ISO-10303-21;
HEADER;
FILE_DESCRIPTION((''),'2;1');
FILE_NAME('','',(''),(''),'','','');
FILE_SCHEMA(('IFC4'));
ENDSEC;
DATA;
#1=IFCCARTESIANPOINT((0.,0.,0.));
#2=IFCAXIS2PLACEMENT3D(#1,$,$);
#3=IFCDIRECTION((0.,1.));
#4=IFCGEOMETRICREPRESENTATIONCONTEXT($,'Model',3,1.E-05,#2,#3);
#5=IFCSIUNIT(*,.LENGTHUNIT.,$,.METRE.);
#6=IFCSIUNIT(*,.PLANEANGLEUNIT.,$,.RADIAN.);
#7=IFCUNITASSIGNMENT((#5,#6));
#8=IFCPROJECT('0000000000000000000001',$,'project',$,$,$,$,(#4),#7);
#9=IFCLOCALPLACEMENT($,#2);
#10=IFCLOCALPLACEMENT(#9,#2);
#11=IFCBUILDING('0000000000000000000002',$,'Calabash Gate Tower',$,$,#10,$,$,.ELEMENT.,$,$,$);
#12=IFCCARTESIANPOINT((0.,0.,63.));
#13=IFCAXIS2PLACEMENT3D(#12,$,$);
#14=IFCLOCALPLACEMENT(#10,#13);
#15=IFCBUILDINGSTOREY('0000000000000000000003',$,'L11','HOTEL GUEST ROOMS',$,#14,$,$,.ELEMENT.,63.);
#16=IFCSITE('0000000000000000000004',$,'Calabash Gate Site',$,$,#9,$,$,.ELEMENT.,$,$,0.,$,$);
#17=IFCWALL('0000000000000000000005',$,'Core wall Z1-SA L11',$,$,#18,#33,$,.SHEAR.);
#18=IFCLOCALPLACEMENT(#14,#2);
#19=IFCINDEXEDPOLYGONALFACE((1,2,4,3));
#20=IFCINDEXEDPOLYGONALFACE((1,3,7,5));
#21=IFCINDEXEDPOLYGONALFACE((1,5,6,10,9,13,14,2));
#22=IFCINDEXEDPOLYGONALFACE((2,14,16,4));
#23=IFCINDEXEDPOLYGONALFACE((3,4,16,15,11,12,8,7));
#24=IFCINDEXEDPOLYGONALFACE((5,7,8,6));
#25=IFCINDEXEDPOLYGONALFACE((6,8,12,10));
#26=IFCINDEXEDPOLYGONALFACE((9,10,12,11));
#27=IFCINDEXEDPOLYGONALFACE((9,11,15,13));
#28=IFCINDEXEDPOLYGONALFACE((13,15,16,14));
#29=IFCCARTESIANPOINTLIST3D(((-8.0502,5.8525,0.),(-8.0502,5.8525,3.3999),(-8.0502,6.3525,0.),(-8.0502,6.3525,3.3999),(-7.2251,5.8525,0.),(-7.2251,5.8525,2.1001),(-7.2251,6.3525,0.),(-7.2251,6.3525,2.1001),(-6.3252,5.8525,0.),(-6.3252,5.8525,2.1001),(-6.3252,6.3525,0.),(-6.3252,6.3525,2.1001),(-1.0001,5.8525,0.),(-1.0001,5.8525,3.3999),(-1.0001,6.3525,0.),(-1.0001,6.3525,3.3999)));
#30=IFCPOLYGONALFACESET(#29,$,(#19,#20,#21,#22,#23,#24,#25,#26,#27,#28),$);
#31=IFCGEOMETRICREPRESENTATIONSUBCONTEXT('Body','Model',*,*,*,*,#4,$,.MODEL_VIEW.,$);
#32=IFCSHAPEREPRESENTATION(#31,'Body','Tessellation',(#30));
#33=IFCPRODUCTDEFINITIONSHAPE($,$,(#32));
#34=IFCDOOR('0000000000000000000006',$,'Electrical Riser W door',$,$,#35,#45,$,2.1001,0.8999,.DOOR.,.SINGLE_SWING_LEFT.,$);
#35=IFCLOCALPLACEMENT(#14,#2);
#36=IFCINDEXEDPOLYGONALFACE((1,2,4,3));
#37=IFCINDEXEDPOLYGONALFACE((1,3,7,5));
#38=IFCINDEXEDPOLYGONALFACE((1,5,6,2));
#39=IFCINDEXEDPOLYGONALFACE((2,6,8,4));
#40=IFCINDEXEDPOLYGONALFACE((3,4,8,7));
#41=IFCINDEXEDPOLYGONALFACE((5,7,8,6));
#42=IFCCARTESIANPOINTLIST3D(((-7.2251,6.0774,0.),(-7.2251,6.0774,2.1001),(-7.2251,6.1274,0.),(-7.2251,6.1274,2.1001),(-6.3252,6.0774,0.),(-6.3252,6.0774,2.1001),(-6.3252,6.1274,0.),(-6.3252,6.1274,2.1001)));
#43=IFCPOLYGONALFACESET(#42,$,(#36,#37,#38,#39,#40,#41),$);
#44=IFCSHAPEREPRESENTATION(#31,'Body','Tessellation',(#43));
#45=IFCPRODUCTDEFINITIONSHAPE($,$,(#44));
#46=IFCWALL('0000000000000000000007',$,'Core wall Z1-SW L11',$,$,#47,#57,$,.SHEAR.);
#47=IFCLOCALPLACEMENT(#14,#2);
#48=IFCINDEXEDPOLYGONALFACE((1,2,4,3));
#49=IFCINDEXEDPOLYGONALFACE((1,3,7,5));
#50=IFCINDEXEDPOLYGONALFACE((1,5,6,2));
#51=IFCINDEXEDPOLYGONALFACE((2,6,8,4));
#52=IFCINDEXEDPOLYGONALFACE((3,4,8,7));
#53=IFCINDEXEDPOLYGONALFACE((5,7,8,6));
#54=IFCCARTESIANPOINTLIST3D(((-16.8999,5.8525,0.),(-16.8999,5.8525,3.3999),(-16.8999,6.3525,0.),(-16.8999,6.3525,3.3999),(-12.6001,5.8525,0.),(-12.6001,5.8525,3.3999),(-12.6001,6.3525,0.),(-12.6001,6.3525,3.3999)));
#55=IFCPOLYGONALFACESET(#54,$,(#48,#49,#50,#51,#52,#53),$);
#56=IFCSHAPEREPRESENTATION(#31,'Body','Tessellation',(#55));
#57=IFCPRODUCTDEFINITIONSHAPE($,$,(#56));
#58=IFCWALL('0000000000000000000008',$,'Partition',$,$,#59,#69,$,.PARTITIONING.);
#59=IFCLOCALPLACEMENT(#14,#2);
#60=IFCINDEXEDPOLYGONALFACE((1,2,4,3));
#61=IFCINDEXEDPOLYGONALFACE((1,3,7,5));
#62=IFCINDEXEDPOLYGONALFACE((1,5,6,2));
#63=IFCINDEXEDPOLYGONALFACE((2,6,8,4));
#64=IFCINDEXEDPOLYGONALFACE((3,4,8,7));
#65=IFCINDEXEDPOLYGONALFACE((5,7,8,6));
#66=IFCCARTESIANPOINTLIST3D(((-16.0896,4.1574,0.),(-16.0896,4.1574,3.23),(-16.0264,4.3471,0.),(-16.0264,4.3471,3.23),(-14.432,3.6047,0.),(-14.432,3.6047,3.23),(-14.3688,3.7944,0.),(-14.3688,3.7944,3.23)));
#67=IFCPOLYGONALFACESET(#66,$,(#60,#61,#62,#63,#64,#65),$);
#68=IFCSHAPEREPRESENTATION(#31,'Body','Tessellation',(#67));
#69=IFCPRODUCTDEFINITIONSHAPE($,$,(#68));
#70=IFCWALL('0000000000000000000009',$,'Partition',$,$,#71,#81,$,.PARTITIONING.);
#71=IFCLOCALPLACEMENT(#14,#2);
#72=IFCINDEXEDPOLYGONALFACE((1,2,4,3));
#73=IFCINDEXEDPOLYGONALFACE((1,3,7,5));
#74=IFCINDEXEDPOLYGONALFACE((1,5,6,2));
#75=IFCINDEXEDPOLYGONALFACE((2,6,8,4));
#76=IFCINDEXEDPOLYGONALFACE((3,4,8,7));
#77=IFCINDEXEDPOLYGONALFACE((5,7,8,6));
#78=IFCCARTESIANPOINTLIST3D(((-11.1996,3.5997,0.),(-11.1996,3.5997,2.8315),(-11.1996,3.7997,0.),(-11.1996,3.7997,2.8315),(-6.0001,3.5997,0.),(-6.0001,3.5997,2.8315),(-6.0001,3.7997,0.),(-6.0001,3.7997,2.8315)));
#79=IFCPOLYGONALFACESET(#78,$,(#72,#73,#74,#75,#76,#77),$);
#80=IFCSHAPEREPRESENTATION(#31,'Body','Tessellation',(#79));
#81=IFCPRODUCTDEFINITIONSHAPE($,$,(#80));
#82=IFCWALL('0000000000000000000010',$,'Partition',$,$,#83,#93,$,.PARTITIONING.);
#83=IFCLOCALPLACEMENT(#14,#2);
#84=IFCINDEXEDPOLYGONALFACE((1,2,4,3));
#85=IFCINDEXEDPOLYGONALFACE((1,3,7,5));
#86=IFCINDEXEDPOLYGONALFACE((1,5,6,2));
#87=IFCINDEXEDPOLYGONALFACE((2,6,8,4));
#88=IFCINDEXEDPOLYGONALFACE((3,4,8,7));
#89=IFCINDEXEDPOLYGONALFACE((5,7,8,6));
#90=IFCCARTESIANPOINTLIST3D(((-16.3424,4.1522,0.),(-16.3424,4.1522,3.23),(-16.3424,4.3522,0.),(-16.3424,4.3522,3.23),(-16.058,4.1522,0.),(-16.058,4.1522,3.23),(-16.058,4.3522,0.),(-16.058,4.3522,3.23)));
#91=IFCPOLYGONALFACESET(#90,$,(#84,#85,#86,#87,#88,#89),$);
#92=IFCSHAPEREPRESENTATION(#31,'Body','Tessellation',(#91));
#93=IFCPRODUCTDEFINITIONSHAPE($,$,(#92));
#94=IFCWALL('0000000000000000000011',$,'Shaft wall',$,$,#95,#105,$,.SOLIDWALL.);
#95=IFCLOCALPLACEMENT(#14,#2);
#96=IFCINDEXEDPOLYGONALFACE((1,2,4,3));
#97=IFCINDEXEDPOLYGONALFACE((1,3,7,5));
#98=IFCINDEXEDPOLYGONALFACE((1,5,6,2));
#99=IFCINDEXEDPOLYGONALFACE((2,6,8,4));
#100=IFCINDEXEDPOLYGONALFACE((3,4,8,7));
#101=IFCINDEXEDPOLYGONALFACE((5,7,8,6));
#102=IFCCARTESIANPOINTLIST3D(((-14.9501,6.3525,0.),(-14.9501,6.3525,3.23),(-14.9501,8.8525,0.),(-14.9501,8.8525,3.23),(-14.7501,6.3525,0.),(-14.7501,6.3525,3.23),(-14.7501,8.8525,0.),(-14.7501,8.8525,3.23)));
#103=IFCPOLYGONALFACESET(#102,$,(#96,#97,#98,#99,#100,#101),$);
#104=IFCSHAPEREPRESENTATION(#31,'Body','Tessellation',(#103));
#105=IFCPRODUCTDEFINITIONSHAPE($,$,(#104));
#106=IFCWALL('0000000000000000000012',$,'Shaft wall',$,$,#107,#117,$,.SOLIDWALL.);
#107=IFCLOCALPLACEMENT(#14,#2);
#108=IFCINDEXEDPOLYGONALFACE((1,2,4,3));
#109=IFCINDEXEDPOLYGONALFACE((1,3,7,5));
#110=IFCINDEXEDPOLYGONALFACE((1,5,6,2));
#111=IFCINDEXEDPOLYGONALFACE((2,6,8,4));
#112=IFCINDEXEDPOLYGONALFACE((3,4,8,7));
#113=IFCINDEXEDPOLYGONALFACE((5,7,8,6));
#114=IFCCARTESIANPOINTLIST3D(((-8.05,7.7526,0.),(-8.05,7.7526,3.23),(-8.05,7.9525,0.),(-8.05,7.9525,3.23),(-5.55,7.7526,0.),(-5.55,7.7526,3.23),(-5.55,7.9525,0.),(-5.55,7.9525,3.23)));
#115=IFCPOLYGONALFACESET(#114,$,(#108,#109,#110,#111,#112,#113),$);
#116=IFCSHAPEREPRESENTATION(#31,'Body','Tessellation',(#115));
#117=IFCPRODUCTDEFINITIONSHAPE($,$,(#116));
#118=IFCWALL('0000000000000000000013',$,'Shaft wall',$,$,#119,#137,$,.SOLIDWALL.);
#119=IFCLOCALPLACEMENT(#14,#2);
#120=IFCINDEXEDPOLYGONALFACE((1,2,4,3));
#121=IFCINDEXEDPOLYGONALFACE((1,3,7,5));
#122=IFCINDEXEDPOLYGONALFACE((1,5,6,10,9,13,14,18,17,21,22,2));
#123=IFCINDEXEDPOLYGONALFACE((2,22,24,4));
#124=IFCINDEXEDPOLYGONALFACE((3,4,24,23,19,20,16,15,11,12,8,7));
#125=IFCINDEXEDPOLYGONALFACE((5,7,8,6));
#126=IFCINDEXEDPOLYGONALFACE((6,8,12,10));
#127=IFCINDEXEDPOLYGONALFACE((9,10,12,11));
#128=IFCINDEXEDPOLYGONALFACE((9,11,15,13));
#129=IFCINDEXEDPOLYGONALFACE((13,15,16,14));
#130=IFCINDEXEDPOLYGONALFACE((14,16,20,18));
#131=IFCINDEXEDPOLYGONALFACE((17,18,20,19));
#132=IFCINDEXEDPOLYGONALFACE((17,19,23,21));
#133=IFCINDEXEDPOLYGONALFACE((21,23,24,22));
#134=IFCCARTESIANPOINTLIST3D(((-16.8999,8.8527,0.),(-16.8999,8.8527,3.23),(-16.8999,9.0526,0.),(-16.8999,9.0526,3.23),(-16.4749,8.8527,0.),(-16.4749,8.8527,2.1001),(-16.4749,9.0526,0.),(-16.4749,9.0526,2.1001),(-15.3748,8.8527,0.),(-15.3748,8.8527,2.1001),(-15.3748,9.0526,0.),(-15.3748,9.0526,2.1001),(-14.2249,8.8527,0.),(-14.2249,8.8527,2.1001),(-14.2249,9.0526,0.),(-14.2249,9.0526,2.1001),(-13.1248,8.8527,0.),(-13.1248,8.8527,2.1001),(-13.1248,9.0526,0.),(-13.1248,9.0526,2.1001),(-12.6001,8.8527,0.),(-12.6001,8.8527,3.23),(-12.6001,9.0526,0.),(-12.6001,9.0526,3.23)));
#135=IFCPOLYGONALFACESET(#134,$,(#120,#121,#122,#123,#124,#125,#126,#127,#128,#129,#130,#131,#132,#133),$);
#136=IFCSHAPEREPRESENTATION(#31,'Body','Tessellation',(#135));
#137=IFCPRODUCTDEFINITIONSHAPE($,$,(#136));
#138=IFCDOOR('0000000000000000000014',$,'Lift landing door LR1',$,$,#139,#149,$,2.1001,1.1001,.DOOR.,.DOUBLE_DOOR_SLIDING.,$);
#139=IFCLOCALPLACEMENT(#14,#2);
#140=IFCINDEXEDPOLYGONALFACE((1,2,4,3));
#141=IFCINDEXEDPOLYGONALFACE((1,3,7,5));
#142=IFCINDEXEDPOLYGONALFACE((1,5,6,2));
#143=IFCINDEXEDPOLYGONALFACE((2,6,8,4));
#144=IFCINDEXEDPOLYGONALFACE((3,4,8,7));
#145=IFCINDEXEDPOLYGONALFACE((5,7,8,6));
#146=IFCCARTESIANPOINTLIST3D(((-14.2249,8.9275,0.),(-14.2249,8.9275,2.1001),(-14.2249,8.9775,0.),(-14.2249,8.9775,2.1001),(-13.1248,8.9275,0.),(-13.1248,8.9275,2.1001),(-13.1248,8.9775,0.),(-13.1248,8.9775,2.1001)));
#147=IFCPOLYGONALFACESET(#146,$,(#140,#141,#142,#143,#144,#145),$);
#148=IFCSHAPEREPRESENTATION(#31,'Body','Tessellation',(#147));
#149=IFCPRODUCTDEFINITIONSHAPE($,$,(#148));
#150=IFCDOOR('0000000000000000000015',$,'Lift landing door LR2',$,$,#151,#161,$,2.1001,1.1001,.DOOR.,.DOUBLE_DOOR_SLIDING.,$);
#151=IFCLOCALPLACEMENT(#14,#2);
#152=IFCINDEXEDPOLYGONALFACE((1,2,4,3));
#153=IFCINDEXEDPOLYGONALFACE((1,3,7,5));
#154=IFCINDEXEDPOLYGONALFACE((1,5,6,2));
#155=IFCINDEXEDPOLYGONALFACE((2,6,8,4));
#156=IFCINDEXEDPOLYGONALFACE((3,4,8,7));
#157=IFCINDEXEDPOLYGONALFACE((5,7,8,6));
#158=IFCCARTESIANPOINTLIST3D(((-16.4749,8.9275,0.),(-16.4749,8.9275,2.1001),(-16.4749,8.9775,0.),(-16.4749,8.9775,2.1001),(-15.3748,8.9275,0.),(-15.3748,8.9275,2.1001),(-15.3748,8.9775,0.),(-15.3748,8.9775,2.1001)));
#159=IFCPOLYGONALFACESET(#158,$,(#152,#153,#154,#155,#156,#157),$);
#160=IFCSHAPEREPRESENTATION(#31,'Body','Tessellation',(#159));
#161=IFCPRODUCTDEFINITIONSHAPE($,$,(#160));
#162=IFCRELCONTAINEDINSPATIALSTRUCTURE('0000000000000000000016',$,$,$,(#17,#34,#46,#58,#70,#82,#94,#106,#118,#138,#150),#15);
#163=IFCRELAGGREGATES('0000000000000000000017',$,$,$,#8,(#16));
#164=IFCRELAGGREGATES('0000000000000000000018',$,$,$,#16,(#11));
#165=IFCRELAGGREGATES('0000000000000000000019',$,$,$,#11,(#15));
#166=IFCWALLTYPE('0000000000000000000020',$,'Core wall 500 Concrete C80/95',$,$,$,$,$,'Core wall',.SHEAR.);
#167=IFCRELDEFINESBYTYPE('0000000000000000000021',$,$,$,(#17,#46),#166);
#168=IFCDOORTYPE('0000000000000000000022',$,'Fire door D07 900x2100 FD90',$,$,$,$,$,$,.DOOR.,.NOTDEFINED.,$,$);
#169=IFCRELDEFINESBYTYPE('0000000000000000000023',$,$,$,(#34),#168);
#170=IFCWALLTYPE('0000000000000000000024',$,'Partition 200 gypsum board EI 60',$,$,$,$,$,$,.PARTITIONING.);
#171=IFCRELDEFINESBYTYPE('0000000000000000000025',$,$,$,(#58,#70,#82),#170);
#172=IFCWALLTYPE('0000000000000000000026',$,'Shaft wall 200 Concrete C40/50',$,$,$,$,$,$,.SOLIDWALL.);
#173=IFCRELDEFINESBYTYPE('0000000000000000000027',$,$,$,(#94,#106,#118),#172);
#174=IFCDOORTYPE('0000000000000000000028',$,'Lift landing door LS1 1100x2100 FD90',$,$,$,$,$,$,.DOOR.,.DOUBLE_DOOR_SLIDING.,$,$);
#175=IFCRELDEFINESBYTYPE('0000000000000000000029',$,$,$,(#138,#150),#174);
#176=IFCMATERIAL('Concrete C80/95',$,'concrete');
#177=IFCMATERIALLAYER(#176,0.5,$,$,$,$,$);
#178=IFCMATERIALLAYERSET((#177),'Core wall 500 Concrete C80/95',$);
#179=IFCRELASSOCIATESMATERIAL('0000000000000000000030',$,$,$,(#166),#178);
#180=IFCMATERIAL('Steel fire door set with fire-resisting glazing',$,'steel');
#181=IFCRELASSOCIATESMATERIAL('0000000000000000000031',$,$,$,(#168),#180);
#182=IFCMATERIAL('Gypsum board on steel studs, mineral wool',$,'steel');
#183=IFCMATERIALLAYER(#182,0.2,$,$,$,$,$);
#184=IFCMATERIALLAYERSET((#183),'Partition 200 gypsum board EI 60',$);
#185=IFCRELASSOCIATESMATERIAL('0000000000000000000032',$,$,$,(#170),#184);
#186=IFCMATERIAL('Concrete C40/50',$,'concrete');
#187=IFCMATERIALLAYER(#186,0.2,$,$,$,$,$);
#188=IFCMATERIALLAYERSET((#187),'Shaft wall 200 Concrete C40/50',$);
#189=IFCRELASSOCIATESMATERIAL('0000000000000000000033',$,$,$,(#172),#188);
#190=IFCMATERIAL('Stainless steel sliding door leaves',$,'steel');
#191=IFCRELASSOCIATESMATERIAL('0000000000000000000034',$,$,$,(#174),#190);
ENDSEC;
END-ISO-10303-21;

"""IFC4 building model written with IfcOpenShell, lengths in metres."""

from ifc_helpers import new_model, si_unit, direction, frame, frame_2d, origin, place, context, subcontext, project, spatial, rectangle, extrude, material, layer, layer_set, type_object, element, fill, save


model = new_model("IFC4")

# Units and contexts
model_context = context("Model", 3, precision=1e-05, world=origin(), true_north=direction((0.0, 1.0)))
body_context = subcontext(model_context, "Body", "Model", "MODEL_VIEW")
ifc_project = project(units=[si_unit("LENGTHUNIT", "METRE"), si_unit("PLANEANGLEUNIT", "RADIAN")], contexts=[model_context])

# Site, building, storey
site_placement = place(None, origin())
site = spatial("IfcSite", under=ifc_project, at=site_placement, Name="Calabash Gate Site", CompositionType="ELEMENT", RefElevation=0.0)
building_placement = place(site_placement, origin())
building = spatial("IfcBuilding", under=site, at=building_placement, Name="Calabash Gate Tower", CompositionType="ELEMENT")
storey_placement = place(building_placement, frame((0.0, 0.0, 63.0)))
storey = spatial("IfcBuildingStorey", under=building, at=storey_placement, Name="L11", Description="HOTEL GUEST ROOMS", CompositionType="ELEMENT", Elevation=63.0)

# Shared definitions
ifc_material_1 = material(Name="Concrete C80/95", Category="concrete")
ifc_layer_1 = layer(ifc_material_1, 0.5)
ifc_layer_set_1 = layer_set([ifc_layer_1], Name="Core wall 500 Concrete C80/95")
wall_type_1 = type_object("IfcWallType", Name="Core wall 500 Concrete C80/95", ElementType="Core wall", PredefinedType="SHEAR", material=ifc_layer_set_1)

# Wall, opening, door
wall_1_placement = place(storey_placement, frame((-8.05, 6.1025, 0.0), z_axis=(0.0, 0.0, 1.0), x_axis=(1.0, 0.0, 0.0)))
wall_1 = element("IfcWall", 1, at=wall_1_placement, inside=storey, type_object=wall_type_1, Name="Core wall Z1-SA L11", PredefinedType="SHEAR", context=body_context, shape_type="SweptSolid", body=[
    extrude(rectangle(XDim=7.05, YDim=0.5, at=frame_2d((3.5249, 0.0))), origin(), (0.0, 0.0, 1.0), 3.3999),
])
opening_1_placement = place(wall_1_placement, frame((0.825, 0.0, 0.0)))
opening_1 = element("IfcOpeningElement", 2, at=opening_1_placement, cuts=wall_1, PredefinedType="OPENING", context=body_context, shape_type="SweptSolid", body=[
    extrude(rectangle(XDim=0.8999, YDim=2.1001, at=frame_2d((0.45, 1.05))), frame((0.0, 0.26, 0.0), z_axis=(0.0, -1.0, 0.0), x_axis=(1.0, 0.0, 0.0)), (0.0, 0.0, 1.0), 0.52),
])
ifc_material_2 = material(Name="Steel fire door set with fire-resisting glazing", Category="steel")
door_type_1 = type_object("IfcDoorType", Name="Fire door D07 900x2100 FD90", OperationType="NOTDEFINED", PredefinedType="DOOR", material=ifc_material_2)
door_1_placement = place(opening_1_placement, origin())
door_1 = element("IfcDoor", 3, at=door_1_placement, inside=storey, type_object=door_type_1, Name="Electrical Riser W door", OperationType="SINGLE_SWING_LEFT", OverallHeight=2.1001, OverallWidth=0.8999, PredefinedType="DOOR", context=body_context, shape_type="SweptSolid", body=[
    extrude(rectangle(XDim=0.8999, YDim=2.1001, at=frame_2d((0.45, 1.05))), frame((0.0, 0.0249, 0.0), z_axis=(0.0, -1.0, 0.0), x_axis=(1.0, 0.0, 0.0)), (0.0, 0.0, 1.0), 0.05),
])
fill(opening_1, door_1)

# Walls
wall_2_placement = place(storey_placement, frame((-12.6001, 6.1025, 0.0), z_axis=(0.0, 0.0, 1.0), x_axis=(-1.0, 0.0, 0.0)))
element("IfcWall", 4, at=wall_2_placement, inside=storey, type_object=wall_type_1, Name="Core wall Z1-SW L11", PredefinedType="SHEAR", context=body_context, shape_type="SweptSolid", body=[
    extrude(rectangle(XDim=4.2998, YDim=0.5, at=frame_2d((2.1499, 0.0))), origin(), (0.0, 0.0, 1.0), 3.3999),
])
ifc_material_3 = material(Name="Gypsum board on steel studs, mineral wool", Category="steel")
ifc_layer_2 = layer(ifc_material_3, 0.2)
ifc_layer_set_2 = layer_set([ifc_layer_2], Name="Partition 200 gypsum board EI 60")
wall_type_2 = type_object("IfcWallType", Name="Partition 200 gypsum board EI 60", PredefinedType="PARTITIONING", material=ifc_layer_set_2)
wall_3_placement = place(storey_placement, frame((-16.0579, 4.2522, 0.0), z_axis=(0.0, 0.0, 1.0), x_axis=(0.948655, -0.316312, 0.0)))
element("IfcWall", 5, at=wall_3_placement, inside=storey, type_object=wall_type_2, Name="Partition", PredefinedType="PARTITIONING", context=body_context, shape_type="SweptSolid", body=[
    extrude(rectangle(XDim=1.7473, YDim=0.2, at=frame_2d((0.8735, 0.0))), origin(), (0.0, 0.0, 1.0), 3.23),
])
wall_4_placement = place(storey_placement, frame((-11.1995, 3.6997, 0.0), z_axis=(0.0, 0.0, 1.0), x_axis=(1.0, 0.0, 0.0)))
element("IfcWall", 6, at=wall_4_placement, inside=storey, type_object=wall_type_2, Name="Partition", PredefinedType="PARTITIONING", context=body_context, shape_type="SweptSolid", body=[
    extrude(rectangle(XDim=5.1995, YDim=0.2, at=frame_2d((2.5996, 0.0))), origin(), (0.0, 0.0, 1.0), 2.8315),
])
wall_5_placement = place(storey_placement, frame((-16.3423, 4.2522, 0.0), z_axis=(0.0, 0.0, 1.0), x_axis=(1.0, 0.0, 0.0)))
element("IfcWall", 7, at=wall_5_placement, inside=storey, type_object=wall_type_2, Name="Partition", PredefinedType="PARTITIONING", context=body_context, shape_type="SweptSolid", body=[
    extrude(rectangle(XDim=0.2844, YDim=0.2, at=frame_2d((0.1421, 0.0))), origin(), (0.0, 0.0, 1.0), 3.23),
])
ifc_material_4 = material(Name="Concrete C40/50", Category="concrete")
ifc_layer_3 = layer(ifc_material_4, 0.2)
ifc_layer_set_3 = layer_set([ifc_layer_3], Name="Shaft wall 200 Concrete C40/50")
wall_type_3 = type_object("IfcWallType", Name="Shaft wall 200 Concrete C40/50", PredefinedType="SOLIDWALL", material=ifc_layer_set_3)
for number, where, z_axis, x_axis, name in (
    (8, (-14.8501, 6.3525, 0.0), (0.0, 0.0, 1.0), (0.0, 1.0, 0.0), "Shaft wall"),
    (9, (-8.05, 7.8525, 0.0), (0.0, 0.0, 1.0), (1.0, 0.0, 0.0), "Shaft wall"),
):
    element("IfcWall", number, at=place(storey_placement, frame(where, z_axis=z_axis, x_axis=x_axis)), inside=storey, type_object=wall_type_3, Name=name, PredefinedType="SOLIDWALL", context=body_context, shape_type="SweptSolid", body=[
        extrude(rectangle(XDim=2.5, YDim=0.2, at=frame_2d((1.25, 0.0))), origin(), (0.0, 0.0, 1.0), 3.23),
    ])

# Wall, openings, doors
wall_6_placement = place(storey_placement, frame((-16.8999, 8.9526, 0.0), z_axis=(0.0, 0.0, 1.0), x_axis=(1.0, 0.0, 0.0)))
wall_6 = element("IfcWall", 10, at=wall_6_placement, inside=storey, type_object=wall_type_3, Name="Shaft wall", PredefinedType="SOLIDWALL", context=body_context, shape_type="SweptSolid", body=[
    extrude(rectangle(XDim=4.2998, YDim=0.2, at=frame_2d((2.1499, 0.0))), origin(), (0.0, 0.0, 1.0), 3.23),
])
opening_2_placement = place(wall_6_placement, frame((2.675, 0.0, 0.0)))
opening_2 = element("IfcOpeningElement", 11, at=opening_2_placement, cuts=wall_6, PredefinedType="OPENING", context=body_context, shape_type="SweptSolid", body=[
    extrude(rectangle(XDim=1.1001, YDim=2.1001, at=frame_2d((0.55, 1.05))), frame((0.0, 0.1099, 0.0), z_axis=(0.0, -1.0, 0.0), x_axis=(1.0, 0.0, 0.0)), (0.0, 0.0, 1.0), 0.22),
])
opening_3_placement = place(wall_6_placement, frame((0.425, 0.0, 0.0)))
opening_3 = element("IfcOpeningElement", 12, at=opening_3_placement, cuts=wall_6, PredefinedType="OPENING", context=body_context, shape_type="SweptSolid", body=[
    extrude(rectangle(XDim=1.1001, YDim=2.1001, at=frame_2d((0.55, 1.05))), frame((0.0, 0.1099, 0.0), z_axis=(0.0, -1.0, 0.0), x_axis=(1.0, 0.0, 0.0)), (0.0, 0.0, 1.0), 0.22),
])
ifc_material_5 = material(Name="Stainless steel sliding door leaves", Category="steel")
door_type_2 = type_object("IfcDoorType", Name="Lift landing door LS1 1100x2100 FD90", OperationType="DOUBLE_DOOR_SLIDING", PredefinedType="DOOR", material=ifc_material_5)
door_2_placement = place(opening_2_placement, origin())
door_2 = element("IfcDoor", 13, at=door_2_placement, inside=storey, type_object=door_type_2, Name="Lift landing door LR1", OperationType="DOUBLE_DOOR_SLIDING", OverallHeight=2.1001, OverallWidth=1.1001, PredefinedType="DOOR", context=body_context, shape_type="SweptSolid", body=[
    extrude(rectangle(XDim=1.1001, YDim=2.1001, at=frame_2d((0.55, 1.05))), frame((0.0, 0.0249, 0.0), z_axis=(0.0, -1.0, 0.0), x_axis=(1.0, 0.0, 0.0)), (0.0, 0.0, 1.0), 0.05),
])
fill(opening_2, door_2)
door_3_placement = place(opening_3_placement, origin())
door_3 = element("IfcDoor", 14, at=door_3_placement, inside=storey, type_object=door_type_2, Name="Lift landing door LR2", OperationType="DOUBLE_DOOR_SLIDING", OverallHeight=2.1001, OverallWidth=1.1001, PredefinedType="DOOR", context=body_context, shape_type="SweptSolid", body=[
    extrude(rectangle(XDim=1.1001, YDim=2.1001, at=frame_2d((0.55, 1.05))), frame((0.0, 0.0249, 0.0), z_axis=(0.0, -1.0, 0.0), x_axis=(1.0, 0.0, 0.0)), (0.0, 0.0, 1.0), 0.05),
])
fill(opening_3, door_3)

save(model, "model.ifc")
